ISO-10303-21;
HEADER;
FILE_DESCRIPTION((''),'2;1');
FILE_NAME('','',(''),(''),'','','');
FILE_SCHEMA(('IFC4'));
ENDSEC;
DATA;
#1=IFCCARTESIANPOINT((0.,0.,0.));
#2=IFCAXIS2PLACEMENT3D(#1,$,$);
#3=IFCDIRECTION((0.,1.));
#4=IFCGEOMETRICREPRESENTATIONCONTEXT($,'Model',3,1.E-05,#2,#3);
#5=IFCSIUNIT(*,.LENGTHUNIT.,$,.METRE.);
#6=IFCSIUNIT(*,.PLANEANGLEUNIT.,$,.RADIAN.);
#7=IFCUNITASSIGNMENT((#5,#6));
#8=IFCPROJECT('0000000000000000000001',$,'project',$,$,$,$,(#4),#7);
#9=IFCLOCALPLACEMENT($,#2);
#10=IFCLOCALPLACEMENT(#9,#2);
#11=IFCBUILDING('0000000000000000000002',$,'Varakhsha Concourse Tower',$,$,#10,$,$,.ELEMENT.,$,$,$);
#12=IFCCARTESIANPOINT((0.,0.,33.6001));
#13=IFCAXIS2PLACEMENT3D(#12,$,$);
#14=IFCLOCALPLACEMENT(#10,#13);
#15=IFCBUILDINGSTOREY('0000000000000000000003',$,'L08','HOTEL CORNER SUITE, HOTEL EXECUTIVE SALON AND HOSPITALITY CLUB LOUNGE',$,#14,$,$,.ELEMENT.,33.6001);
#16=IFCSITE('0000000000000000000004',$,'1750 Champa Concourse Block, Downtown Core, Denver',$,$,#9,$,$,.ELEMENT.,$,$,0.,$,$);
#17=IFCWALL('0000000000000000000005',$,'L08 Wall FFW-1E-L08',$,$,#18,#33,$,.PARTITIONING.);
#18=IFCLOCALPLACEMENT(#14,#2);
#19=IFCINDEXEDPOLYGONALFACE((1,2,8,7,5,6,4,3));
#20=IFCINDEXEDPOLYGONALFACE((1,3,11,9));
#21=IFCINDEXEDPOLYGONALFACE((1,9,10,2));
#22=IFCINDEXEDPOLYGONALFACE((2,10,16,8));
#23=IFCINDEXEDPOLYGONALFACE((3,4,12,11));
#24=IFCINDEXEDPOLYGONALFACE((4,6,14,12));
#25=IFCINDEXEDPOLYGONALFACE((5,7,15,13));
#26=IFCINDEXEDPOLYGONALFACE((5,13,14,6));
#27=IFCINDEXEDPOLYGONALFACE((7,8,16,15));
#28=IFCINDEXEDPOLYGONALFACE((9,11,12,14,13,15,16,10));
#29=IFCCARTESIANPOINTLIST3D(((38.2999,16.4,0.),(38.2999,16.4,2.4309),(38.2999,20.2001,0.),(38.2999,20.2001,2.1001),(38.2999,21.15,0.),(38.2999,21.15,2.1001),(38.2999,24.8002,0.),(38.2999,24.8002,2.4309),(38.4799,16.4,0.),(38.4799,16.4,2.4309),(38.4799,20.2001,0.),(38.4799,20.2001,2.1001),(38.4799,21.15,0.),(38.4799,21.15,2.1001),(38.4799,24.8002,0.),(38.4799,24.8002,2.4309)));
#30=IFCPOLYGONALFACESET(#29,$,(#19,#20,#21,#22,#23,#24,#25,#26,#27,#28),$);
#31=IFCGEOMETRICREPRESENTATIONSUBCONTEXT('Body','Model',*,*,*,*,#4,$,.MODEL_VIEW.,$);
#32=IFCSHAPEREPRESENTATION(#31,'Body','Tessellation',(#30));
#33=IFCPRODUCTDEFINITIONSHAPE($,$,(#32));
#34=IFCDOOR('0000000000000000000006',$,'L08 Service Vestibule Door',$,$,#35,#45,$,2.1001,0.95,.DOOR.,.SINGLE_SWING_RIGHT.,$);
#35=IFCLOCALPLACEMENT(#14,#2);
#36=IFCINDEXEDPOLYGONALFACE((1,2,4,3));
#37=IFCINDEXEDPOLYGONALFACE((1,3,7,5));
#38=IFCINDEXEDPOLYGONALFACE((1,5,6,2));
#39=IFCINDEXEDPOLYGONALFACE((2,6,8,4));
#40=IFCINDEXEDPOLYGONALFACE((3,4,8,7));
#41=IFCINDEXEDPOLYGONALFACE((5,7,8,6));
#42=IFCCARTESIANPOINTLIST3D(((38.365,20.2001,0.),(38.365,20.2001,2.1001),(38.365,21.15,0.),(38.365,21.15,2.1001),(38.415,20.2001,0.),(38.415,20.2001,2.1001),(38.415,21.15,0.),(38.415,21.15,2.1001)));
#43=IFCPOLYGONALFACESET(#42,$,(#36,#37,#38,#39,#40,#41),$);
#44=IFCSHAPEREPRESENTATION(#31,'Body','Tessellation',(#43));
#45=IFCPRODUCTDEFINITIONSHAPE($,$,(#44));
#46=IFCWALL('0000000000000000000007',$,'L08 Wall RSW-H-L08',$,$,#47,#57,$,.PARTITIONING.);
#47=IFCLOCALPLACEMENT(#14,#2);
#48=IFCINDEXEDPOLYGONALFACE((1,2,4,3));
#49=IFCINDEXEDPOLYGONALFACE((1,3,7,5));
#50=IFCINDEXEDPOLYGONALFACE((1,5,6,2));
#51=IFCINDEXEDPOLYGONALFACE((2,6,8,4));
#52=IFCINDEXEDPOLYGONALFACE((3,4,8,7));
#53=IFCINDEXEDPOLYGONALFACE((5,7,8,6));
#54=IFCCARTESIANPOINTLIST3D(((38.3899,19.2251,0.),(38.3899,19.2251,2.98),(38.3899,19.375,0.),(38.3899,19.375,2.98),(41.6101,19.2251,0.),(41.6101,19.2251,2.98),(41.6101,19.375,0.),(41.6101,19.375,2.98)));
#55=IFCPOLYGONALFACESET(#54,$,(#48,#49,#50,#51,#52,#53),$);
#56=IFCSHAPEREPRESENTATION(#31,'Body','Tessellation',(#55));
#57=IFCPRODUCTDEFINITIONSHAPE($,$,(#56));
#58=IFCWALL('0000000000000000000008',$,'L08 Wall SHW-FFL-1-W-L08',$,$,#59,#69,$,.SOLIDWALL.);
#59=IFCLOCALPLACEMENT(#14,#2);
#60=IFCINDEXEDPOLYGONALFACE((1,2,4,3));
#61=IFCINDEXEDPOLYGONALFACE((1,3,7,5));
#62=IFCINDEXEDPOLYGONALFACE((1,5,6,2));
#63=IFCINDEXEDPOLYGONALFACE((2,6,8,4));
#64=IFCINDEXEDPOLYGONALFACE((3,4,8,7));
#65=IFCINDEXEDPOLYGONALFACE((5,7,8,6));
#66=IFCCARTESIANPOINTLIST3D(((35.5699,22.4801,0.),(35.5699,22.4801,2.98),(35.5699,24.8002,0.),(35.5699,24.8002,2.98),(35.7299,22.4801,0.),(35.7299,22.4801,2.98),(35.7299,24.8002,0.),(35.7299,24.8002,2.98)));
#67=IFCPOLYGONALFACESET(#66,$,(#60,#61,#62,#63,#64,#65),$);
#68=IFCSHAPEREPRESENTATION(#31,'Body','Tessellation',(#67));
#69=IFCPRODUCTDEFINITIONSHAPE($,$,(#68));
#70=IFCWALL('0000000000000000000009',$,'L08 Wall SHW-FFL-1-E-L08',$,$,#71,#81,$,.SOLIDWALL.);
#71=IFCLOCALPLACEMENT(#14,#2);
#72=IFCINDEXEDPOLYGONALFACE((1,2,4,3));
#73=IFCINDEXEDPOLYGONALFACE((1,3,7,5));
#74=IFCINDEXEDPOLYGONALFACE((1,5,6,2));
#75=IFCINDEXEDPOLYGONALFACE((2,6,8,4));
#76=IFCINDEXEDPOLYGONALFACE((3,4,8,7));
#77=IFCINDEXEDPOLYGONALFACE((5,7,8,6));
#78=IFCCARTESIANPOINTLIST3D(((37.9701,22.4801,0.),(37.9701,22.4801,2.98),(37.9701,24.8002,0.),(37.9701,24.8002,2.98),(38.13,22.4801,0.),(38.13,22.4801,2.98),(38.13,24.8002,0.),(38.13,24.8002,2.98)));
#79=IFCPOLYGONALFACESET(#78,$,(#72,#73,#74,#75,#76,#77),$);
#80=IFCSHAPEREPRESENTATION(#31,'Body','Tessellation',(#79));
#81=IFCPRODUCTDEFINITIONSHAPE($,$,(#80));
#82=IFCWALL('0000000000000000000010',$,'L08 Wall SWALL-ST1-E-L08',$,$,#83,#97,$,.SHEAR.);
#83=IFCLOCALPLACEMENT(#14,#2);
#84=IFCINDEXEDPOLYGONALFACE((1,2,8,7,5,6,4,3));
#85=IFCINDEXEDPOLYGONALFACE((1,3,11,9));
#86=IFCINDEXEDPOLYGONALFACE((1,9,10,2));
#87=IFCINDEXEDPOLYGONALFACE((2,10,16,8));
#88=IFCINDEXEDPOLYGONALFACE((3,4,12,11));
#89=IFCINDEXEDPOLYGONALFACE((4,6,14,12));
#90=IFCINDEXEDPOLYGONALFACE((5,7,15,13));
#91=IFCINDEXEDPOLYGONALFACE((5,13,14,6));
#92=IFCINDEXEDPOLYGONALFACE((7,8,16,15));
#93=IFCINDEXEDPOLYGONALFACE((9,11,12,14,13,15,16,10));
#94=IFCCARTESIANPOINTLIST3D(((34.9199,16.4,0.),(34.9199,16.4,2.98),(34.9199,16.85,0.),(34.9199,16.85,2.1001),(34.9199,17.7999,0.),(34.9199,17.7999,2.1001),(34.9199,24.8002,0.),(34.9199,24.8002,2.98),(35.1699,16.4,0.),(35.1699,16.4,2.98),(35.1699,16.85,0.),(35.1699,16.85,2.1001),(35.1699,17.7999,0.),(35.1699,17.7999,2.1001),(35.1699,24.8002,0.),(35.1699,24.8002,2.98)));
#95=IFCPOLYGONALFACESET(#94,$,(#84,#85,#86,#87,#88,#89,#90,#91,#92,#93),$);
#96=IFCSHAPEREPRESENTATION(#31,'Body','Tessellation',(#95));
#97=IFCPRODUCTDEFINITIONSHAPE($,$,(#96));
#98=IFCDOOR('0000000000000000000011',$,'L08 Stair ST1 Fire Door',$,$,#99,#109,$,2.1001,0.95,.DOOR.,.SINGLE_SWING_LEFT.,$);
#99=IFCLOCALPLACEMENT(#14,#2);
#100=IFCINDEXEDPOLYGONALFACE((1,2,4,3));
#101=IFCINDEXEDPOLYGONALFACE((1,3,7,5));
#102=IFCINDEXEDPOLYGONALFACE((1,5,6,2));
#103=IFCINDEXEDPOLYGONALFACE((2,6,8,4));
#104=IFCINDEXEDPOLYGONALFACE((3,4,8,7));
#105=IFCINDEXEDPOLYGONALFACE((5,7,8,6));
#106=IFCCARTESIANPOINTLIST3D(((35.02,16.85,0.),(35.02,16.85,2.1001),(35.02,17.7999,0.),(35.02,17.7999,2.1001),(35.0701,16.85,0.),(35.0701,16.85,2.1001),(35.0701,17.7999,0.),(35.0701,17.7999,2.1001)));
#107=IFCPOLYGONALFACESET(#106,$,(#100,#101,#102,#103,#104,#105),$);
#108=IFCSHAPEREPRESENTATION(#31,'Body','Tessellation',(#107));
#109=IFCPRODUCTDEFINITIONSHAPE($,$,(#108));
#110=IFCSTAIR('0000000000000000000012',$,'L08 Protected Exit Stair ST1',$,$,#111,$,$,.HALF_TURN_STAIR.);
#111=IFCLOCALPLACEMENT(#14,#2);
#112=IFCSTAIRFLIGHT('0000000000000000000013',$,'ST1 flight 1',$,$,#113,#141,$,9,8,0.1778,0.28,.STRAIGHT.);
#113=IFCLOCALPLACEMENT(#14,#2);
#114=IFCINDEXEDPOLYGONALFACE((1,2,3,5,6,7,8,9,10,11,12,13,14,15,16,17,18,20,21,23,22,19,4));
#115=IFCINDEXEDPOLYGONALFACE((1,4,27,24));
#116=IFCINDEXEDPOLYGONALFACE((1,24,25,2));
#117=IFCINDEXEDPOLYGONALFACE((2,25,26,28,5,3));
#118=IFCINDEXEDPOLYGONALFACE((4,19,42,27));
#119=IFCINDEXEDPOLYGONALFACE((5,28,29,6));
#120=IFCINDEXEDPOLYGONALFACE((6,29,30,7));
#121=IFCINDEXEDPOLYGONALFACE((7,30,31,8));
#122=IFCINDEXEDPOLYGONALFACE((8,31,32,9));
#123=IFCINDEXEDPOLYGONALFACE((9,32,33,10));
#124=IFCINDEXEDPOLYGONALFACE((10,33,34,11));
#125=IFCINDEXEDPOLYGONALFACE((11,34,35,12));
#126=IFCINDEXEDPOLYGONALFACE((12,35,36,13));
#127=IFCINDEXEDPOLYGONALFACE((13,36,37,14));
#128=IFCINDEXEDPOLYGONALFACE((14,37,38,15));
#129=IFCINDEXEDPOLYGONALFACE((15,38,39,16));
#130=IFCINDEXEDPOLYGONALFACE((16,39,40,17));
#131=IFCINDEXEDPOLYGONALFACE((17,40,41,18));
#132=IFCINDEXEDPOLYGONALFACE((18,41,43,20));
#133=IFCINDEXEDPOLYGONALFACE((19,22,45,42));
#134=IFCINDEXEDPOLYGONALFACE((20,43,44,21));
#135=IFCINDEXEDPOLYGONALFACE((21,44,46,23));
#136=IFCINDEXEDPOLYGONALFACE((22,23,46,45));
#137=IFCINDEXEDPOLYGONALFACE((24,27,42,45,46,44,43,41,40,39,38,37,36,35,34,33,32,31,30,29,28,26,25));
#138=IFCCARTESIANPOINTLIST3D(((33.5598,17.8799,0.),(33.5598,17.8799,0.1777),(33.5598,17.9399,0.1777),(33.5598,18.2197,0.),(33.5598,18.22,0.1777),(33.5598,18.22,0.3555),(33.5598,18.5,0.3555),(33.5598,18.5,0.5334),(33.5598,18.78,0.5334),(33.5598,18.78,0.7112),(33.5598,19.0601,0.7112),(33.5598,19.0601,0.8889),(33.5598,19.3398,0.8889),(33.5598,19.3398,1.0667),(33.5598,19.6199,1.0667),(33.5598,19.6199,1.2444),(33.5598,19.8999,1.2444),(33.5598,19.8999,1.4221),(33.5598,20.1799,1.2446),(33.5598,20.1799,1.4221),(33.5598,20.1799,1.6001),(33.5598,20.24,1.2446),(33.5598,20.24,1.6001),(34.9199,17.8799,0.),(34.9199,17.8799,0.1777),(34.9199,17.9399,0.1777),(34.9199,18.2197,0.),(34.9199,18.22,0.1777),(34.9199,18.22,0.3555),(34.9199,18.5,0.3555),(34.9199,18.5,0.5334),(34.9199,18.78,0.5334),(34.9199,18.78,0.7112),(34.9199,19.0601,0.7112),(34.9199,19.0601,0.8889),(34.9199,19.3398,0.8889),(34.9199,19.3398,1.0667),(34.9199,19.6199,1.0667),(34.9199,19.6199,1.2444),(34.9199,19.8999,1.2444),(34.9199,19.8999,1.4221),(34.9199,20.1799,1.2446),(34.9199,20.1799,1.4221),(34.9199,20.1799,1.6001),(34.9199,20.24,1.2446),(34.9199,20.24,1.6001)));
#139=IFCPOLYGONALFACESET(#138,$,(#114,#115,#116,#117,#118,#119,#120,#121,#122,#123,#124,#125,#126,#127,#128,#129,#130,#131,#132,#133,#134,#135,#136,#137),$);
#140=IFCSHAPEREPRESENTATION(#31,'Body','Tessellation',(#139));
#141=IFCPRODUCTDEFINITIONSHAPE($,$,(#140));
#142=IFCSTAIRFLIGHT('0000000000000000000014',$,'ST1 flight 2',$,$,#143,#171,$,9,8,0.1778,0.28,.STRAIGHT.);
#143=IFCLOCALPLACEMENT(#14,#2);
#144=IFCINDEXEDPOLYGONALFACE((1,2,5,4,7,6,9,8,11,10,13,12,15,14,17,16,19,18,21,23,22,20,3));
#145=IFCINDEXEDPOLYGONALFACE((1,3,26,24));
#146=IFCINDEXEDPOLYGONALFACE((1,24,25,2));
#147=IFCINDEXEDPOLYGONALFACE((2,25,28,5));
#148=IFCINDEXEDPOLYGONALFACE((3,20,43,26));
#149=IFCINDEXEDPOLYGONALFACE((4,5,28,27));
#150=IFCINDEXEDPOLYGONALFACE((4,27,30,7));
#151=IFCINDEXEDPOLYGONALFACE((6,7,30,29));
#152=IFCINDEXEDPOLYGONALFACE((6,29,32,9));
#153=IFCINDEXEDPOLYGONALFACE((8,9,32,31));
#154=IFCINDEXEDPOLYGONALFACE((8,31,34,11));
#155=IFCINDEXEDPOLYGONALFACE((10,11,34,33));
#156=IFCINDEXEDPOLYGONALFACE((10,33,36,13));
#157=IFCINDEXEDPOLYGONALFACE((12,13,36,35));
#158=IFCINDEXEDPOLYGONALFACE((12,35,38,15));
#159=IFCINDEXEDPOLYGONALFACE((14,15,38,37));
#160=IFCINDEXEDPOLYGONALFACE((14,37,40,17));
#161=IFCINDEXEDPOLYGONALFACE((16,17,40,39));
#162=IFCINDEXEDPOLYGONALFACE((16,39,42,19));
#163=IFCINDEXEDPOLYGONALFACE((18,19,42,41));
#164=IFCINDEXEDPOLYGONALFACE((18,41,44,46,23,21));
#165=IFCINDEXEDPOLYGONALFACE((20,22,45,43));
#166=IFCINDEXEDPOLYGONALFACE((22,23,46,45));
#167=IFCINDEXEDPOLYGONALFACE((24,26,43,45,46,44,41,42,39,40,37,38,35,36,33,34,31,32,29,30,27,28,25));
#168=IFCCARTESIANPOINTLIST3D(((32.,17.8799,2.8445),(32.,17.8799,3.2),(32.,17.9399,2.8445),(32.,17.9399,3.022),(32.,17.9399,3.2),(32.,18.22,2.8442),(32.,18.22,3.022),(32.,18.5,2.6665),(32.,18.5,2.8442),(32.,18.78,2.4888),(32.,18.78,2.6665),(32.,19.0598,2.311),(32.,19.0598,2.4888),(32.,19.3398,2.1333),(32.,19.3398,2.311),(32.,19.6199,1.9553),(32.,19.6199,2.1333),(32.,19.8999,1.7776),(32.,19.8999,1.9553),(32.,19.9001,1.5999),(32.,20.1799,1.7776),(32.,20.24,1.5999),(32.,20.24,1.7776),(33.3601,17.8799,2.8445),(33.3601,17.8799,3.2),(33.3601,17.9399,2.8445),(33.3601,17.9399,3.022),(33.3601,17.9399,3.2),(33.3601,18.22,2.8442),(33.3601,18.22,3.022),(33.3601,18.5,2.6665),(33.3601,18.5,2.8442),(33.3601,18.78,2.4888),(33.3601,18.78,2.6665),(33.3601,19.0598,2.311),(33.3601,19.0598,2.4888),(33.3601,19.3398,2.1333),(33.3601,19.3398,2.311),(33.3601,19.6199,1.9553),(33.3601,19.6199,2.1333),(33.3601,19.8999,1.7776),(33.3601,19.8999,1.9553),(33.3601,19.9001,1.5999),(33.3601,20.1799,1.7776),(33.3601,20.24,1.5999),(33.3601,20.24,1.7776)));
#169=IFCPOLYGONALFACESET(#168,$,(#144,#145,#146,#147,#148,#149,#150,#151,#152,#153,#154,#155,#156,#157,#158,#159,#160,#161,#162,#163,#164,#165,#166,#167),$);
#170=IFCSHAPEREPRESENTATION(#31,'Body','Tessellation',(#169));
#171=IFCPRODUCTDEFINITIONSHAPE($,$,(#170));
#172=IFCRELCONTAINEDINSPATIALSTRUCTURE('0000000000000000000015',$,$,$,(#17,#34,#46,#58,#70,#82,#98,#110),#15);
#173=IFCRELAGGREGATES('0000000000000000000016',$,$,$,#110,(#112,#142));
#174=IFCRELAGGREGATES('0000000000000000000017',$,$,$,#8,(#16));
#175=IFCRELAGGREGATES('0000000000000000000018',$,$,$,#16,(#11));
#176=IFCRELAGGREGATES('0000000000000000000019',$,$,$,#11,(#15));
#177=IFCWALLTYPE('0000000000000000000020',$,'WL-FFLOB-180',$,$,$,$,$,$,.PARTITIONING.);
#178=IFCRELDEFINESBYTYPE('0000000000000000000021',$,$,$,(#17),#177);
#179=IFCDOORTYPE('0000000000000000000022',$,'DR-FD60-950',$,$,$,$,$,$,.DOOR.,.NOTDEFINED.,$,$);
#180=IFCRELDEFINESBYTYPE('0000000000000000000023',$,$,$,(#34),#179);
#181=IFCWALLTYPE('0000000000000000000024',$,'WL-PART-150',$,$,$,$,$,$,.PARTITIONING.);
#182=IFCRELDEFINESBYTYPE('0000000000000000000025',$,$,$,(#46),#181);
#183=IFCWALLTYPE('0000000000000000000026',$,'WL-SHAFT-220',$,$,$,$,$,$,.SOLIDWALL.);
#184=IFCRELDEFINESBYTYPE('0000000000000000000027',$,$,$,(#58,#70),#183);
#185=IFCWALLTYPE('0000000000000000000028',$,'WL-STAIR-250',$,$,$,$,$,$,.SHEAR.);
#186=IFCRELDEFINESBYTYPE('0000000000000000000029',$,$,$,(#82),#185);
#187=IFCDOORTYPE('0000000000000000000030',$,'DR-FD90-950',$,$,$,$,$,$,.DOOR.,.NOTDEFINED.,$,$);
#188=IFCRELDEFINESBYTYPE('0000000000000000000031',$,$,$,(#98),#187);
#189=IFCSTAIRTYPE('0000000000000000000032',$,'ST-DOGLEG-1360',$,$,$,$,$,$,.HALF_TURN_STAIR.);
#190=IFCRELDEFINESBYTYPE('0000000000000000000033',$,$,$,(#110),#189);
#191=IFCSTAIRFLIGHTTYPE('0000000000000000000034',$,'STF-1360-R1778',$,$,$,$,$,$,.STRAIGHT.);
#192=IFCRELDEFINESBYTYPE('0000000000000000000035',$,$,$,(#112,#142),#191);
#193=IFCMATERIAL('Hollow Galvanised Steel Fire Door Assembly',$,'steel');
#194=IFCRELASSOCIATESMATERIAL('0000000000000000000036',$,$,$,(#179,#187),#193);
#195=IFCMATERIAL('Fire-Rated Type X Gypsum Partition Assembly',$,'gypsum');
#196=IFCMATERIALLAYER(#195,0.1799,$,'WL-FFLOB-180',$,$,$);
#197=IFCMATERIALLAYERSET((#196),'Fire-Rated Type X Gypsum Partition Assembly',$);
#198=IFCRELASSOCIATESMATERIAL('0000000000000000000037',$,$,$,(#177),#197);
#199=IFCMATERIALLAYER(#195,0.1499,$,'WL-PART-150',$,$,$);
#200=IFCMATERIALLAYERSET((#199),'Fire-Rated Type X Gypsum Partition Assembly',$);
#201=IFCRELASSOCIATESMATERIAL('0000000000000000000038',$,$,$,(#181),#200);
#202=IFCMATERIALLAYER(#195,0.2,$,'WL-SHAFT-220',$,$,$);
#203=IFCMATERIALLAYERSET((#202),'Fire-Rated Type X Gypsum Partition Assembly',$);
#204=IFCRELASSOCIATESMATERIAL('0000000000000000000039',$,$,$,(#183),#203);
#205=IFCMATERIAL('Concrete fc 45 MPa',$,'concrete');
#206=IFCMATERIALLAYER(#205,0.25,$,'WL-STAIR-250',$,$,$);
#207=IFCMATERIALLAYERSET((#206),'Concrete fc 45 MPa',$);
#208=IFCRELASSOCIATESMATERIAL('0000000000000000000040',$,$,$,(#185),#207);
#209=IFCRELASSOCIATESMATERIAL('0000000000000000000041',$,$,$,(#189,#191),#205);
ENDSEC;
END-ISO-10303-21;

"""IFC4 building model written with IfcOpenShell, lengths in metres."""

from ifc_helpers import new_model, si_unit, direction, frame, frame_2d, origin, place, context, subcontext, project, spatial, polyline, rectangle, outline, extrude, material, layer, layer_set, type_object, element, fill, aggregate, save


model = new_model("IFC4")

# Units and contexts
model_context = context("Model", 3, precision=1e-05, world=origin(), true_north=direction((0.0, 1.0)))
body_context = subcontext(model_context, "Body", "Model", "MODEL_VIEW")
ifc_project = project(units=[si_unit("LENGTHUNIT", "METRE"), si_unit("PLANEANGLEUNIT", "RADIAN")], contexts=[model_context])

# Site, building, storey
site_placement = place(None, origin())
site = spatial("IfcSite", under=ifc_project, at=site_placement, Name="1750 Champa Concourse Block, Downtown Core, Denver", CompositionType="ELEMENT", RefElevation=0.0)
building_placement = place(site_placement, origin())
building = spatial("IfcBuilding", under=site, at=building_placement, Name="Varakhsha Concourse Tower", CompositionType="ELEMENT")
storey_placement = place(building_placement, frame((0.0, 0.0, 33.6001)))
storey = spatial("IfcBuildingStorey", under=building, at=storey_placement, Name="L08", Description="HOTEL CORNER SUITE, HOTEL EXECUTIVE SALON AND HOSPITALITY CLUB LOUNGE", CompositionType="ELEMENT", Elevation=33.6001)

# Shared definitions
ifc_material_1 = material(Name="Hollow Galvanised Steel Fire Door Assembly", Category="steel")
door_type_1 = type_object("IfcDoorType", Name="DR-FD60-950", OperationType="NOTDEFINED", PredefinedType="DOOR", material=ifc_material_1)

# Wall, opening, door
ifc_material_2 = material(Name="Fire-Rated Type X Gypsum Partition Assembly", Category="gypsum")
ifc_layer_1 = layer(ifc_material_2, 0.1799, Name="WL-FFLOB-180")
ifc_layer_set_1 = layer_set([ifc_layer_1], Name="Fire-Rated Type X Gypsum Partition Assembly")
wall_type_1 = type_object("IfcWallType", Name="WL-FFLOB-180", PredefinedType="PARTITIONING", material=ifc_layer_set_1)
wall_1_placement = place(storey_placement, frame((38.3899, 16.3999, 0.0), z_axis=(0.0, 0.0, 1.0), x_axis=(0.0, 1.0, 0.0)))
wall_1 = element("IfcWall", 1, at=wall_1_placement, inside=storey, type_object=wall_type_1, Name="L08 Wall FFW-1E-L08", PredefinedType="PARTITIONING", context=body_context, shape_type="SweptSolid", body=[
    extrude(rectangle(XDim=8.4001, YDim=0.1799, at=frame_2d((4.2002, 0.0))), origin(), (0.0, 0.0, 1.0), 2.4309),
])
opening_1_placement = place(wall_1_placement, frame((3.8, 0.0, 0.0)))
opening_1 = element("IfcOpeningElement", 2, at=opening_1_placement, cuts=wall_1, PredefinedType="OPENING", context=body_context, shape_type="SweptSolid", body=[
    extrude(rectangle(XDim=0.95, YDim=2.1001, at=frame_2d((0.4751, 1.05))), frame((0.0, 0.0999, 0.0), z_axis=(0.0, -1.0, 0.0), x_axis=(1.0, 0.0, 0.0)), (0.0, 0.0, 1.0), 0.2),
])
door_1_placement = place(opening_1_placement, origin())
door_1 = element("IfcDoor", 3, at=door_1_placement, inside=storey, type_object=door_type_1, Name="L08 Service Vestibule Door", OperationType="SINGLE_SWING_RIGHT", OverallHeight=2.1001, OverallWidth=0.95, PredefinedType="DOOR", context=body_context, shape_type="SweptSolid", body=[
    extrude(rectangle(XDim=0.95, YDim=2.1001, at=frame_2d((0.4751, 1.05))), frame((0.0, 0.0249, 0.0), z_axis=(0.0, -1.0, 0.0), x_axis=(1.0, 0.0, 0.0)), (0.0, 0.0, 1.0), 0.05),
])
fill(opening_1, door_1)

# Wall
ifc_layer_2 = layer(ifc_material_2, 0.1499, Name="WL-PART-150")
ifc_layer_set_2 = layer_set([ifc_layer_2], Name="Fire-Rated Type X Gypsum Partition Assembly")
wall_type_2 = type_object("IfcWallType", Name="WL-PART-150", PredefinedType="PARTITIONING", material=ifc_layer_set_2)
wall_2_placement = place(storey_placement, frame((38.3899, 19.3, 0.0), z_axis=(0.0, 0.0, 1.0), x_axis=(1.0, 0.0, 0.0)))
element("IfcWall", 4, at=wall_2_placement, inside=storey, type_object=wall_type_2, Name="L08 Wall RSW-H-L08", PredefinedType="PARTITIONING", context=body_context, shape_type="SweptSolid", body=[
    extrude(rectangle(XDim=3.2202, YDim=0.1499, at=frame_2d((1.6101, 0.0))), origin(), (0.0, 0.0, 1.0), 2.98),
])

# Shared definitions
ifc_layer_3 = layer(ifc_material_2, 0.2, Name="WL-SHAFT-220")
ifc_layer_set_3 = layer_set([ifc_layer_3], Name="Fire-Rated Type X Gypsum Partition Assembly")
wall_type_3 = type_object("IfcWallType", Name="WL-SHAFT-220", PredefinedType="SOLIDWALL", material=ifc_layer_set_3)

# Walls
for number, where, z_axis, x_axis, name in (
    (5, (35.6499, 22.48, 0.0), (0.0, 0.0, 1.0), (0.0, 1.0, 0.0), "L08 Wall SHW-FFL-1-W-L08"),
    (6, (38.05, 22.48, 0.0), (0.0, 0.0, 1.0), (0.0, 1.0, 0.0), "L08 Wall SHW-FFL-1-E-L08"),
):
    element("IfcWall", number, at=place(storey_placement, frame(where, z_axis=z_axis, x_axis=x_axis)), inside=storey, type_object=wall_type_3, Name=name, PredefinedType="SOLIDWALL", context=body_context, shape_type="SweptSolid", body=[
        extrude(rectangle(XDim=2.3201, YDim=0.1599, at=frame_2d((1.1602, 0.0))), origin(), (0.0, 0.0, 1.0), 2.98),
    ])

# Wall, opening, door
ifc_material_3 = material(Name="Concrete fc 45 MPa", Category="concrete")
ifc_layer_4 = layer(ifc_material_3, 0.25, Name="WL-STAIR-250")
ifc_layer_set_4 = layer_set([ifc_layer_4], Name="Concrete fc 45 MPa")
wall_type_4 = type_object("IfcWallType", Name="WL-STAIR-250", PredefinedType="SHEAR", material=ifc_layer_set_4)
wall_3_placement = place(storey_placement, frame((35.0449, 16.3999, 0.0), z_axis=(0.0, 0.0, 1.0), x_axis=(0.0, 1.0, 0.0)))
wall_3 = element("IfcWall", 7, at=wall_3_placement, inside=storey, type_object=wall_type_4, Name="L08 Wall SWALL-ST1-E-L08", PredefinedType="SHEAR", context=body_context, shape_type="SweptSolid", body=[
    extrude(rectangle(XDim=8.4001, YDim=0.25, at=frame_2d((4.2002, 0.0))), origin(), (0.0, 0.0, 1.0), 2.98),
])
opening_2_placement = place(wall_3_placement, frame((0.45, 0.0, 0.0)))
opening_2 = element("IfcOpeningElement", 8, at=opening_2_placement, cuts=wall_3, PredefinedType="OPENING", context=body_context, shape_type="SweptSolid", body=[
    extrude(rectangle(XDim=0.95, YDim=2.1001, at=frame_2d((0.4751, 1.05))), frame((0.0, 0.135, 0.0), z_axis=(0.0, -1.0, 0.0), x_axis=(1.0, 0.0, 0.0)), (0.0, 0.0, 1.0), 0.27),
])
door_type_2 = type_object("IfcDoorType", Name="DR-FD90-950", OperationType="NOTDEFINED", PredefinedType="DOOR", material=ifc_material_1)
door_2_placement = place(opening_2_placement, origin())
door_2 = element("IfcDoor", 9, at=door_2_placement, inside=storey, type_object=door_type_2, Name="L08 Stair ST1 Fire Door", OperationType="SINGLE_SWING_LEFT", OverallHeight=2.1001, OverallWidth=0.95, PredefinedType="DOOR", context=body_context, shape_type="SweptSolid", body=[
    extrude(rectangle(XDim=0.95, YDim=2.1001, at=frame_2d((0.4751, 1.05))), frame((0.0, 0.0249, 0.0), z_axis=(0.0, -1.0, 0.0), x_axis=(1.0, 0.0, 0.0)), (0.0, 0.0, 1.0), 0.05),
])
fill(opening_2, door_2)

# Stair, stair flights
stair_type = type_object("IfcStairType", Name="ST-DOGLEG-1360", PredefinedType="HALF_TURN_STAIR", material=ifc_material_3)
stair_placement = place(storey_placement, origin())
stair = element("IfcStair", 10, at=stair_placement, inside=storey, type_object=stair_type, Name="L08 Protected Exit Stair ST1", PredefinedType="HALF_TURN_STAIR")
stair_flight_type = type_object("IfcStairFlightType", Name="STF-1360-R1778", PredefinedType="STRAIGHT", material=ifc_material_3)
stair_flight_1_placement = place(storey_placement, frame((34.24, 17.9399, 0.0), z_axis=(0.0, 0.0, 1.0), x_axis=(0.0, 1.0, 0.0)))
stair_flight_1 = element("IfcStairFlight", 11, at=stair_flight_1_placement, type_object=stair_flight_type, Name="ST1 flight 1", NumberOfRisers=9, NumberOfTreads=8, PredefinedType="STRAIGHT", RiserHeight=0.1778, TreadLength=0.28, context=body_context, shape_type="SweptSolid", body=[
    extrude(outline(polyline([(-0.0601, 0.0), (-0.0601, 0.1777), (0.0, 0.1777), (0.28, 0.1777), (0.28, 0.3555), (0.5601, 0.3555), (0.5601, 0.5334), (0.8401, 0.5334), (0.8401, 0.7112), (1.1201, 0.7112), (1.1201, 0.8889), (1.3999, 0.8889), (1.3999, 1.0667), (1.6799, 1.0667), (1.6799, 1.2444), (1.96, 1.2444), (1.96, 1.4221), (2.24, 1.4221), (2.24, 1.6001), (2.3, 1.6001), (2.3, 1.2446), (2.24, 1.2446), (0.2798, 0.0), (-0.0601, 0.0)])), frame((0.0, 0.6802, 0.0), z_axis=(0.0, -1.0, 0.0), x_axis=(1.0, 0.0, 0.0)), (0.0, 0.0, 1.0), 1.3601),
])
stair_flight_2_placement = place(storey_placement, frame((32.6799, 20.1799, 1.5999), z_axis=(0.0, 0.0, 1.0), x_axis=(0.0, -1.0, 0.0)))
stair_flight_2 = element("IfcStairFlight", 12, at=stair_flight_2_placement, type_object=stair_flight_type, Name="ST1 flight 2", NumberOfRisers=9, NumberOfTreads=8, PredefinedType="STRAIGHT", RiserHeight=0.1778, TreadLength=0.28, context=body_context, shape_type="SweptSolid", body=[
    extrude(outline(polyline([(-0.0601, 0.0), (-0.0601, 0.1777), (0.0, 0.1777), (0.28, 0.1777), (0.28, 0.3555), (0.5601, 0.3555), (0.5601, 0.5334), (0.8401, 0.5334), (0.8401, 0.7112), (1.1201, 0.7112), (1.1201, 0.8889), (1.3999, 0.8889), (1.3999, 1.0667), (1.6799, 1.0667), (1.6799, 1.2444), (1.96, 1.2444), (1.96, 1.4221), (2.24, 1.4221), (2.24, 1.6001), (2.3, 1.6001), (2.3, 1.2446), (2.24, 1.2446), (0.2798, 0.0), (-0.0601, 0.0)])), frame((0.0, 0.6802, 0.0), z_axis=(0.0, -1.0, 0.0), x_axis=(1.0, 0.0, 0.0)), (0.0, 0.0, 1.0), 1.3601),
])
aggregate(stair, [stair_flight_1, stair_flight_2])

save(model, "model.ifc")
